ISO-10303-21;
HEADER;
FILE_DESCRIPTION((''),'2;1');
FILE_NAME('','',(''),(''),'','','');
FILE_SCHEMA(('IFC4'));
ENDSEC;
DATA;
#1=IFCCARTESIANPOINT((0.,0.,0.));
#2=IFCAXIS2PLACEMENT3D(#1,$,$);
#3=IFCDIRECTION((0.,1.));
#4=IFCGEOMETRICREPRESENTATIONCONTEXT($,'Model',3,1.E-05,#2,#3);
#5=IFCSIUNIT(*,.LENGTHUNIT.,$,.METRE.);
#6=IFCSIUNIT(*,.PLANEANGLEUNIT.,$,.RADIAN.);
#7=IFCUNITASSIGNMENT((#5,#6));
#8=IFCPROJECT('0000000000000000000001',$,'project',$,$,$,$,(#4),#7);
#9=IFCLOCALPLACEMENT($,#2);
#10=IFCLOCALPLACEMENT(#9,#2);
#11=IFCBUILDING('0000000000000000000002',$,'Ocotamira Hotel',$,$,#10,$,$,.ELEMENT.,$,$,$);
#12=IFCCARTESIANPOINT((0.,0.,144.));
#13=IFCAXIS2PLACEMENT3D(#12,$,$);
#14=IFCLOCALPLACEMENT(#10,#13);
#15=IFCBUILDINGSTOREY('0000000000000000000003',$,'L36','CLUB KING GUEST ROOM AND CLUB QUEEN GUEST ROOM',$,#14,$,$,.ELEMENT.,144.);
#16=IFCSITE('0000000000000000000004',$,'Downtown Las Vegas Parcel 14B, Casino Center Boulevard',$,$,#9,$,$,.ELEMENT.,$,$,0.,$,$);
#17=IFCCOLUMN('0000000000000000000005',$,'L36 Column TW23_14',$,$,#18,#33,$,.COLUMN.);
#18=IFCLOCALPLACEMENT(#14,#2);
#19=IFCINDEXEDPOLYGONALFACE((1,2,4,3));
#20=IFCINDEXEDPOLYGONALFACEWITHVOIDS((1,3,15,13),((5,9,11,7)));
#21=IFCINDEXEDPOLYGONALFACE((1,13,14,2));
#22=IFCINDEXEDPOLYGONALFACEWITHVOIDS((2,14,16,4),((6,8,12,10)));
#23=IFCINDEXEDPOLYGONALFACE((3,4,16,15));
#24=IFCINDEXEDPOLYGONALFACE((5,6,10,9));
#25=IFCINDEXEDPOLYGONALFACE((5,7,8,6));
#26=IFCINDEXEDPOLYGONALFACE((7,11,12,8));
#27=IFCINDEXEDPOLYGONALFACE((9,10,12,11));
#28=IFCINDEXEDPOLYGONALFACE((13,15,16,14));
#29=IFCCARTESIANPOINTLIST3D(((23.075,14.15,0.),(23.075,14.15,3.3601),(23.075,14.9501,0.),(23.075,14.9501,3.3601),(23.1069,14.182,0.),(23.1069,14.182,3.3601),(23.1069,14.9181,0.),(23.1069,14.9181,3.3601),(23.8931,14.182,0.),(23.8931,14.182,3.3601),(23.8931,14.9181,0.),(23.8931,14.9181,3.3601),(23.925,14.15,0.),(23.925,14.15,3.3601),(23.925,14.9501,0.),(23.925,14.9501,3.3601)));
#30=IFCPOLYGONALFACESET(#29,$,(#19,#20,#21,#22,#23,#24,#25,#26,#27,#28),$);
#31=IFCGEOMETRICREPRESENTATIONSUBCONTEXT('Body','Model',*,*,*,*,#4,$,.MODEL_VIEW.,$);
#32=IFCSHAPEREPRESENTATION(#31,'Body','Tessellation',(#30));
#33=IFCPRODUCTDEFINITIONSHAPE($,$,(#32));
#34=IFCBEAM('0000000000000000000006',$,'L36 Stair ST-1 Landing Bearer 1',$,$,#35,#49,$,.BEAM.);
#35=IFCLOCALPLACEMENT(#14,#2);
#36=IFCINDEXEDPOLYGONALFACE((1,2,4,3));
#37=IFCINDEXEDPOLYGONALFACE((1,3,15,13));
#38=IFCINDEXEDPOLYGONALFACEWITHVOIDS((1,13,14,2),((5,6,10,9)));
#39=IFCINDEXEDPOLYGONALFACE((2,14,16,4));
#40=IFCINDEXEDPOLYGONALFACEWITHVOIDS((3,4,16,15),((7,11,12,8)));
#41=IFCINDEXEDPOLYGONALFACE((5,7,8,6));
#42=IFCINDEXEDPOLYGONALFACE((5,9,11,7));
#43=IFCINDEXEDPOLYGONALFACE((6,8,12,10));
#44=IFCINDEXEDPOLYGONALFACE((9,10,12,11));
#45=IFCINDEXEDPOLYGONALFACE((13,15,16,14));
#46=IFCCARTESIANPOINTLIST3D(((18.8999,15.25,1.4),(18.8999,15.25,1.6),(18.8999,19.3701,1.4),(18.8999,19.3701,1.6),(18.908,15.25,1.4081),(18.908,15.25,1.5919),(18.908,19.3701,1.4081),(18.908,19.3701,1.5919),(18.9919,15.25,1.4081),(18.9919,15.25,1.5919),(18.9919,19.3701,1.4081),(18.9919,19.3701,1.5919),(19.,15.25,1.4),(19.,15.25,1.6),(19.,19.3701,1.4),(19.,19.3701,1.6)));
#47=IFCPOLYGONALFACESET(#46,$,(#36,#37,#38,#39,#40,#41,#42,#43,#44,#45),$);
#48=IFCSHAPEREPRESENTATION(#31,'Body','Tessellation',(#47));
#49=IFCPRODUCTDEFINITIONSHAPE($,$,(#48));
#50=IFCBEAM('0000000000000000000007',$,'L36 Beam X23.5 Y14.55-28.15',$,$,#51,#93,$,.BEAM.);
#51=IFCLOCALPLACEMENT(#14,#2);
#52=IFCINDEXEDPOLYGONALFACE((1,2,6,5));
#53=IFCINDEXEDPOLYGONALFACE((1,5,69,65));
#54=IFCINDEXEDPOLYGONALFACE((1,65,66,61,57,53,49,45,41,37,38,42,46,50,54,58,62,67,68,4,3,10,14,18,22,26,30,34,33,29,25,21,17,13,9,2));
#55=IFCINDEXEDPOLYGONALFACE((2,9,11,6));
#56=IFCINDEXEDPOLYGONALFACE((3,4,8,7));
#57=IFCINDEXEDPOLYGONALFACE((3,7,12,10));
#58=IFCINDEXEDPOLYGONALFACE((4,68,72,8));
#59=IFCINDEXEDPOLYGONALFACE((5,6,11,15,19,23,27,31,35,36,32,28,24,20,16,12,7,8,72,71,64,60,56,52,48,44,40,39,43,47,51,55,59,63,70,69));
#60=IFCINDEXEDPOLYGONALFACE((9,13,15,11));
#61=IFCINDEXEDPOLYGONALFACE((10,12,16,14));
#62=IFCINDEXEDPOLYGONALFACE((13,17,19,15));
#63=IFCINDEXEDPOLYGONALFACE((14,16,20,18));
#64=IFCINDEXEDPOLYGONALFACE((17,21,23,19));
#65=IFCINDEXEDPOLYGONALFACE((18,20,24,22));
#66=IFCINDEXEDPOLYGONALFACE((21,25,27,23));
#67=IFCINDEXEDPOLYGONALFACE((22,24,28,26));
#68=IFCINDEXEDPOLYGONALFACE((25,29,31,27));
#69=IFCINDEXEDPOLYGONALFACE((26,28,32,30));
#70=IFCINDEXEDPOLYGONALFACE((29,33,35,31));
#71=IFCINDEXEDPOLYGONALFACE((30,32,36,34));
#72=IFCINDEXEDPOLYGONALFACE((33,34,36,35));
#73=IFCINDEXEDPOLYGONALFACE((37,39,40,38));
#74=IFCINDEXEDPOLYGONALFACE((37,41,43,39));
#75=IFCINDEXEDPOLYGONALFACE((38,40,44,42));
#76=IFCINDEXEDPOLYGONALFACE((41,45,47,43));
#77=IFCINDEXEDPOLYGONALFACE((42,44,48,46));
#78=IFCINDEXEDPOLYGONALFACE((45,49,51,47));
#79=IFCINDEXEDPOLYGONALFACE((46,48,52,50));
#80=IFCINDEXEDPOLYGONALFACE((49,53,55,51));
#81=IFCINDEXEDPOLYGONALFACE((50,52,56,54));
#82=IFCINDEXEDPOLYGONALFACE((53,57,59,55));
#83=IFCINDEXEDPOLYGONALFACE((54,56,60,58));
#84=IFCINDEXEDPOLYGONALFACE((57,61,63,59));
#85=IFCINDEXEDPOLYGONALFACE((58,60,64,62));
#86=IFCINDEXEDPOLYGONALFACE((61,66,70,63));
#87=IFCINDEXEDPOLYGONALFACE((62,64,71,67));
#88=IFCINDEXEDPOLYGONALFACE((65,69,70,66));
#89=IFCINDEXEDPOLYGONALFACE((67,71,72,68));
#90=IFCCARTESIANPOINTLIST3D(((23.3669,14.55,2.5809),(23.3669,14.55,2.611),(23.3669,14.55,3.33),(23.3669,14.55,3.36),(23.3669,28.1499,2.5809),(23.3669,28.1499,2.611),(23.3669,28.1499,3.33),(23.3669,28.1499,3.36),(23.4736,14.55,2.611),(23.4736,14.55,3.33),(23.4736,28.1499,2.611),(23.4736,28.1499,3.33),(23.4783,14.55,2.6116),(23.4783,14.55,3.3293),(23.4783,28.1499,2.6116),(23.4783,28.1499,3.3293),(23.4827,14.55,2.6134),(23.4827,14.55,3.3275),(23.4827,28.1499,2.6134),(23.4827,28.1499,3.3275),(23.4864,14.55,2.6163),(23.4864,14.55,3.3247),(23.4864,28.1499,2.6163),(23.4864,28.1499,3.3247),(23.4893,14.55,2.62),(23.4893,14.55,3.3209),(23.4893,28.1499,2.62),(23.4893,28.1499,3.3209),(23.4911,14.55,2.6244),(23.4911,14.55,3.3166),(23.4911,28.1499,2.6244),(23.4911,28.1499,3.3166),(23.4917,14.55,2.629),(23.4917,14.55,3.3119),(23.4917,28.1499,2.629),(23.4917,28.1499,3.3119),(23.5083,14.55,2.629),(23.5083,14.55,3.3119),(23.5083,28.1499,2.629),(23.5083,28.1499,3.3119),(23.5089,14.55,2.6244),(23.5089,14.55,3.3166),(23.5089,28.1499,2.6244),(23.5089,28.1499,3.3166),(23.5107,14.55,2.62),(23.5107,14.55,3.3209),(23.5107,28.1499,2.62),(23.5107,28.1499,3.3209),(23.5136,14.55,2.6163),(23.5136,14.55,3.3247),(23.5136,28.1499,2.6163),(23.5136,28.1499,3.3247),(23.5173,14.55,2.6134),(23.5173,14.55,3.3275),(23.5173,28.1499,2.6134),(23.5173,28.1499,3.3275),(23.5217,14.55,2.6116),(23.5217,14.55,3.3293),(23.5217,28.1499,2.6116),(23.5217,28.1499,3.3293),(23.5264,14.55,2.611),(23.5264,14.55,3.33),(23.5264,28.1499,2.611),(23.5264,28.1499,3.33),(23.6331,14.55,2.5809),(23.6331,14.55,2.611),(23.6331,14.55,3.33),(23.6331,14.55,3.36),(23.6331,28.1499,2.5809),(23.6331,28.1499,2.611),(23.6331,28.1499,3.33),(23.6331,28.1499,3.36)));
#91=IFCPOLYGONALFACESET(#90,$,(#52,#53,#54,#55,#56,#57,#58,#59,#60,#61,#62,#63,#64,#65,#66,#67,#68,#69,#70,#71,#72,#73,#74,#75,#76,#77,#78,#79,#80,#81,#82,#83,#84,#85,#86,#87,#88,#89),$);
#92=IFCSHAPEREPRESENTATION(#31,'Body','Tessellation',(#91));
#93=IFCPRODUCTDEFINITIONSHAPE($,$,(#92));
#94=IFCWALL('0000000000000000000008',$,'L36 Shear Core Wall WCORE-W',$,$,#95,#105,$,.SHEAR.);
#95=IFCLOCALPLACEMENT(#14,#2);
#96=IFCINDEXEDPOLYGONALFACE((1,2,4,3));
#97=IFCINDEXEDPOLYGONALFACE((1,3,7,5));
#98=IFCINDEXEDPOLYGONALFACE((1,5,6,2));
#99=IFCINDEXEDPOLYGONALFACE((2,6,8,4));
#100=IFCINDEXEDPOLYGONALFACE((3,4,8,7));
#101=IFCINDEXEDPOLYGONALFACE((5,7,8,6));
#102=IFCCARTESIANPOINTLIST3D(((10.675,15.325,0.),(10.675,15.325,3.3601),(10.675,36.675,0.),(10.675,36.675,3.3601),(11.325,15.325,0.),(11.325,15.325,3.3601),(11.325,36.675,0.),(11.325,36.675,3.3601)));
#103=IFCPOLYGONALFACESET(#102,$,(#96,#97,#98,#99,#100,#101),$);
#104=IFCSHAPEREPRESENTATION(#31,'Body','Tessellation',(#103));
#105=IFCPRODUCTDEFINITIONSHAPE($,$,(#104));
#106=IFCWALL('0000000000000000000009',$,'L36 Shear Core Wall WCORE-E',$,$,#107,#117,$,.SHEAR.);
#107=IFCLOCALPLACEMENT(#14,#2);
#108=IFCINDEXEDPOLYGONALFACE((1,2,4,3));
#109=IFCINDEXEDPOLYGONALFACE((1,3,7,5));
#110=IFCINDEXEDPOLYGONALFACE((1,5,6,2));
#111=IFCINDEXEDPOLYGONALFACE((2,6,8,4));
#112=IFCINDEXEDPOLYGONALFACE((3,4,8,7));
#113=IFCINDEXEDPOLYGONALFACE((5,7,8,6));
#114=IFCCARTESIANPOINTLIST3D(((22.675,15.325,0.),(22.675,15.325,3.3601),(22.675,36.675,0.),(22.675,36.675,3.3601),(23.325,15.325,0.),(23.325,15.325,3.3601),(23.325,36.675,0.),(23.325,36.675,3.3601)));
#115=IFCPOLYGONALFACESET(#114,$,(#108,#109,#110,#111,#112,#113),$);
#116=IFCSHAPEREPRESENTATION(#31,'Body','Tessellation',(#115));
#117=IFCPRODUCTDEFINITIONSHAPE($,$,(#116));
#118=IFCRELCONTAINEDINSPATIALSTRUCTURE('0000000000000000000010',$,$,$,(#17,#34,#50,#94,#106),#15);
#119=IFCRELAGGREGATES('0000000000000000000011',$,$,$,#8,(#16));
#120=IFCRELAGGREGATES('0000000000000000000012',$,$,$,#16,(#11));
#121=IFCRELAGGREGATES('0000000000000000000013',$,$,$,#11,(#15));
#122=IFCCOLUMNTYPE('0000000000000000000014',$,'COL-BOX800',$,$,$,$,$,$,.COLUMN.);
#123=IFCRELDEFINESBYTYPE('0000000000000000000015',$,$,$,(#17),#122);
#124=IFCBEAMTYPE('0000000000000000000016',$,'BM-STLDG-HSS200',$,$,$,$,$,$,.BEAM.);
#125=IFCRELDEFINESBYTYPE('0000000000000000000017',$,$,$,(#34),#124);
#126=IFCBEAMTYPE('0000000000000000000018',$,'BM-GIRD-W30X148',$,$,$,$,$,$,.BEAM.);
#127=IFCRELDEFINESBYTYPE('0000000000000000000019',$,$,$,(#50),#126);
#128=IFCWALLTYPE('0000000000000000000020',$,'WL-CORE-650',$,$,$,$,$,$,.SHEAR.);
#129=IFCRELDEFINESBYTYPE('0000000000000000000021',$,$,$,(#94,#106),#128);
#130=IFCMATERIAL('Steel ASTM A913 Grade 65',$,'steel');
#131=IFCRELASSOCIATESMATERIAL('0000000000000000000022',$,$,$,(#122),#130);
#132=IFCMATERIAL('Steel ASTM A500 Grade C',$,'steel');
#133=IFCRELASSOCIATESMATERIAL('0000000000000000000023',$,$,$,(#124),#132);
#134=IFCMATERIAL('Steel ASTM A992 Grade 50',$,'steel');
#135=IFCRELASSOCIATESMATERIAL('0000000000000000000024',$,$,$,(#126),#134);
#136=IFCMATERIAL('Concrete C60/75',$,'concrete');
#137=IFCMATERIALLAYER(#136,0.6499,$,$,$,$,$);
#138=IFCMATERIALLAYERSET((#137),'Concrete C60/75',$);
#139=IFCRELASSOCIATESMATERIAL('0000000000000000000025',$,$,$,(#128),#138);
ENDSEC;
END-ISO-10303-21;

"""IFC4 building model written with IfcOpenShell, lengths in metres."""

from ifc_helpers import new_model, si_unit, direction, frame, frame_2d, origin, origin_2d, place, context, subcontext, project, spatial, rectangle, hollow_rectangle, i_section, extrude, source, transform, mapped, material, layer, layer_set, material_profile, profile_set, type_object, element, save


model = new_model("IFC4")

# Units and contexts
model_context = context("Model", 3, precision=1e-05, world=origin(), true_north=direction((0.0, 1.0)))
body_context = subcontext(model_context, "Body", "Model", "MODEL_VIEW")
ifc_project = project(units=[si_unit("LENGTHUNIT", "METRE"), si_unit("PLANEANGLEUNIT", "RADIAN")], contexts=[model_context])

# Site, building, storey
site_placement = place(None, origin())
site = spatial("IfcSite", under=ifc_project, at=site_placement, Name="Downtown Las Vegas Parcel 14B, Casino Center Boulevard", CompositionType="ELEMENT", RefElevation=0.0)
building_placement = place(site_placement, origin())
building = spatial("IfcBuilding", under=site, at=building_placement, Name="Ocotamira Hotel", CompositionType="ELEMENT")
storey_placement = place(building_placement, frame((0.0, 0.0, 144.0)))
storey = spatial("IfcBuildingStorey", under=building, at=storey_placement, Name="L36", Description="CLUB KING GUEST ROOM AND CLUB QUEEN GUEST ROOM", CompositionType="ELEMENT", Elevation=144.0)

# Column
ifc_material_1 = material(Name="Steel ASTM A913 Grade 65", Category="steel")
ifc_material_profile_1 = material_profile(ifc_material_1, hollow_rectangle(XDim=0.8501, YDim=0.8, WallThickness=0.032, at=origin_2d()), Name="BOX800X850X32")
ifc_profile_set_1 = profile_set([ifc_material_profile_1], Name="Steel ASTM A913 Grade 65")
column_type = type_object("IfcColumnType", Name="COL-BOX800", PredefinedType="COLUMN", material=ifc_profile_set_1)
shared_shape_1 = source(origin(), body_context, "Body", "SweptSolid", [
    extrude(hollow_rectangle(XDim=0.8501, YDim=0.8, WallThickness=0.032, at=origin_2d()), origin(), (0.0, 0.0, 1.0), 3.3601),
])
column_placement = place(storey_placement, frame((23.5, 14.55, 0.0), z_axis=(0.0, 0.0, 1.0), x_axis=(1.0, 0.0, 0.0)))
element("IfcColumn", 1, at=column_placement, inside=storey, type_object=column_type, Name="L36 Column TW23_14", PredefinedType="COLUMN", context=body_context, shape_type="MappedRepresentation", body=[
    mapped(shared_shape_1, transform((0.0, 0.0, 0.0), scale=1.0)),
])

# Beams
ifc_material_2 = material(Name="Steel ASTM A500 Grade C", Category="steel")
ifc_material_profile_2 = material_profile(ifc_material_2, hollow_rectangle(XDim=0.1001, YDim=0.2, WallThickness=0.0081, at=origin_2d()), Name="HSS200X100X8")
ifc_profile_set_2 = profile_set([ifc_material_profile_2], Name="Steel ASTM A500 Grade C")
beam_type_1 = type_object("IfcBeamType", Name="BM-STLDG-HSS200", PredefinedType="BEAM", material=ifc_profile_set_2)
shared_shape_2 = source(origin(), body_context, "Body", "SweptSolid", [
    extrude(hollow_rectangle(XDim=0.1001, YDim=0.2, WallThickness=0.0081, at=origin_2d()), origin(), (0.0, 0.0, 1.0), 4.1201),
])
beam_1_placement = place(storey_placement, frame((18.95, 15.25, 1.5), z_axis=(0.0, 1.0, 0.0), x_axis=(-1.0, 0.0, 0.0)))
element("IfcBeam", 2, at=beam_1_placement, inside=storey, type_object=beam_type_1, Name="L36 Stair ST-1 Landing Bearer 1", PredefinedType="BEAM", context=body_context, shape_type="MappedRepresentation", body=[
    mapped(shared_shape_2, transform((0.0, 0.0, 0.0), scale=1.0)),
])
ifc_material_3 = material(Name="Steel ASTM A992 Grade 50", Category="steel")
ifc_material_profile_3 = material_profile(ifc_material_3, i_section(OverallWidth=0.2661, OverallDepth=0.7791, WebThickness=0.0166, FlangeThickness=0.03, FilletRadius=0.0181, at=origin_2d()), Name="W30X148")
ifc_profile_set_3 = profile_set([ifc_material_profile_3], Name="Steel ASTM A992 Grade 50")
beam_type_2 = type_object("IfcBeamType", Name="BM-GIRD-W30X148", PredefinedType="BEAM", material=ifc_profile_set_3)
shared_shape_3 = source(origin(), body_context, "Body", "SweptSolid", [
    extrude(i_section(OverallWidth=0.2661, OverallDepth=0.7791, WebThickness=0.0166, FlangeThickness=0.03, FilletRadius=0.0181, at=origin_2d()), origin(), (0.0, 0.0, 1.0), 13.5999),
])
beam_2_placement = place(storey_placement, frame((23.5, 14.55, 2.9705), z_axis=(0.0, 1.0, 0.0), x_axis=(-1.0, 0.0, 0.0)))
element("IfcBeam", 3, at=beam_2_placement, inside=storey, type_object=beam_type_2, Name="L36 Beam X23.5 Y14.55-28.15", PredefinedType="BEAM", context=body_context, shape_type="MappedRepresentation", body=[
    mapped(shared_shape_3, transform((0.0, 0.0, 0.0), scale=1.0)),
])

# Walls
ifc_material_4 = material(Name="Concrete C60/75", Category="concrete")
ifc_layer_1 = layer(ifc_material_4, 0.6499)
ifc_layer_set_1 = layer_set([ifc_layer_1], Name="Concrete C60/75")
wall_type_1 = type_object("IfcWallType", Name="WL-CORE-650", PredefinedType="SHEAR", material=ifc_layer_set_1)
for number, where, z_axis, x_axis, name in (
    (4, (11.0, 15.325, 0.0), (0.0, 0.0, 1.0), (0.0, 1.0, 0.0), "L36 Shear Core Wall WCORE-W"),
    (5, (23.0, 15.325, 0.0), (0.0, 0.0, 1.0), (0.0, 1.0, 0.0), "L36 Shear Core Wall WCORE-E"),
):
    element("IfcWall", number, at=place(storey_placement, frame(where, z_axis=z_axis, x_axis=x_axis)), inside=storey, type_object=wall_type_1, Name=name, PredefinedType="SHEAR", context=body_context, shape_type="SweptSolid", body=[
        extrude(rectangle(XDim=21.3501, YDim=0.6499, at=frame_2d((10.675, 0.0))), origin(), (0.0, 0.0, 1.0), 3.3601),
    ])

save(model, "model.ifc")
